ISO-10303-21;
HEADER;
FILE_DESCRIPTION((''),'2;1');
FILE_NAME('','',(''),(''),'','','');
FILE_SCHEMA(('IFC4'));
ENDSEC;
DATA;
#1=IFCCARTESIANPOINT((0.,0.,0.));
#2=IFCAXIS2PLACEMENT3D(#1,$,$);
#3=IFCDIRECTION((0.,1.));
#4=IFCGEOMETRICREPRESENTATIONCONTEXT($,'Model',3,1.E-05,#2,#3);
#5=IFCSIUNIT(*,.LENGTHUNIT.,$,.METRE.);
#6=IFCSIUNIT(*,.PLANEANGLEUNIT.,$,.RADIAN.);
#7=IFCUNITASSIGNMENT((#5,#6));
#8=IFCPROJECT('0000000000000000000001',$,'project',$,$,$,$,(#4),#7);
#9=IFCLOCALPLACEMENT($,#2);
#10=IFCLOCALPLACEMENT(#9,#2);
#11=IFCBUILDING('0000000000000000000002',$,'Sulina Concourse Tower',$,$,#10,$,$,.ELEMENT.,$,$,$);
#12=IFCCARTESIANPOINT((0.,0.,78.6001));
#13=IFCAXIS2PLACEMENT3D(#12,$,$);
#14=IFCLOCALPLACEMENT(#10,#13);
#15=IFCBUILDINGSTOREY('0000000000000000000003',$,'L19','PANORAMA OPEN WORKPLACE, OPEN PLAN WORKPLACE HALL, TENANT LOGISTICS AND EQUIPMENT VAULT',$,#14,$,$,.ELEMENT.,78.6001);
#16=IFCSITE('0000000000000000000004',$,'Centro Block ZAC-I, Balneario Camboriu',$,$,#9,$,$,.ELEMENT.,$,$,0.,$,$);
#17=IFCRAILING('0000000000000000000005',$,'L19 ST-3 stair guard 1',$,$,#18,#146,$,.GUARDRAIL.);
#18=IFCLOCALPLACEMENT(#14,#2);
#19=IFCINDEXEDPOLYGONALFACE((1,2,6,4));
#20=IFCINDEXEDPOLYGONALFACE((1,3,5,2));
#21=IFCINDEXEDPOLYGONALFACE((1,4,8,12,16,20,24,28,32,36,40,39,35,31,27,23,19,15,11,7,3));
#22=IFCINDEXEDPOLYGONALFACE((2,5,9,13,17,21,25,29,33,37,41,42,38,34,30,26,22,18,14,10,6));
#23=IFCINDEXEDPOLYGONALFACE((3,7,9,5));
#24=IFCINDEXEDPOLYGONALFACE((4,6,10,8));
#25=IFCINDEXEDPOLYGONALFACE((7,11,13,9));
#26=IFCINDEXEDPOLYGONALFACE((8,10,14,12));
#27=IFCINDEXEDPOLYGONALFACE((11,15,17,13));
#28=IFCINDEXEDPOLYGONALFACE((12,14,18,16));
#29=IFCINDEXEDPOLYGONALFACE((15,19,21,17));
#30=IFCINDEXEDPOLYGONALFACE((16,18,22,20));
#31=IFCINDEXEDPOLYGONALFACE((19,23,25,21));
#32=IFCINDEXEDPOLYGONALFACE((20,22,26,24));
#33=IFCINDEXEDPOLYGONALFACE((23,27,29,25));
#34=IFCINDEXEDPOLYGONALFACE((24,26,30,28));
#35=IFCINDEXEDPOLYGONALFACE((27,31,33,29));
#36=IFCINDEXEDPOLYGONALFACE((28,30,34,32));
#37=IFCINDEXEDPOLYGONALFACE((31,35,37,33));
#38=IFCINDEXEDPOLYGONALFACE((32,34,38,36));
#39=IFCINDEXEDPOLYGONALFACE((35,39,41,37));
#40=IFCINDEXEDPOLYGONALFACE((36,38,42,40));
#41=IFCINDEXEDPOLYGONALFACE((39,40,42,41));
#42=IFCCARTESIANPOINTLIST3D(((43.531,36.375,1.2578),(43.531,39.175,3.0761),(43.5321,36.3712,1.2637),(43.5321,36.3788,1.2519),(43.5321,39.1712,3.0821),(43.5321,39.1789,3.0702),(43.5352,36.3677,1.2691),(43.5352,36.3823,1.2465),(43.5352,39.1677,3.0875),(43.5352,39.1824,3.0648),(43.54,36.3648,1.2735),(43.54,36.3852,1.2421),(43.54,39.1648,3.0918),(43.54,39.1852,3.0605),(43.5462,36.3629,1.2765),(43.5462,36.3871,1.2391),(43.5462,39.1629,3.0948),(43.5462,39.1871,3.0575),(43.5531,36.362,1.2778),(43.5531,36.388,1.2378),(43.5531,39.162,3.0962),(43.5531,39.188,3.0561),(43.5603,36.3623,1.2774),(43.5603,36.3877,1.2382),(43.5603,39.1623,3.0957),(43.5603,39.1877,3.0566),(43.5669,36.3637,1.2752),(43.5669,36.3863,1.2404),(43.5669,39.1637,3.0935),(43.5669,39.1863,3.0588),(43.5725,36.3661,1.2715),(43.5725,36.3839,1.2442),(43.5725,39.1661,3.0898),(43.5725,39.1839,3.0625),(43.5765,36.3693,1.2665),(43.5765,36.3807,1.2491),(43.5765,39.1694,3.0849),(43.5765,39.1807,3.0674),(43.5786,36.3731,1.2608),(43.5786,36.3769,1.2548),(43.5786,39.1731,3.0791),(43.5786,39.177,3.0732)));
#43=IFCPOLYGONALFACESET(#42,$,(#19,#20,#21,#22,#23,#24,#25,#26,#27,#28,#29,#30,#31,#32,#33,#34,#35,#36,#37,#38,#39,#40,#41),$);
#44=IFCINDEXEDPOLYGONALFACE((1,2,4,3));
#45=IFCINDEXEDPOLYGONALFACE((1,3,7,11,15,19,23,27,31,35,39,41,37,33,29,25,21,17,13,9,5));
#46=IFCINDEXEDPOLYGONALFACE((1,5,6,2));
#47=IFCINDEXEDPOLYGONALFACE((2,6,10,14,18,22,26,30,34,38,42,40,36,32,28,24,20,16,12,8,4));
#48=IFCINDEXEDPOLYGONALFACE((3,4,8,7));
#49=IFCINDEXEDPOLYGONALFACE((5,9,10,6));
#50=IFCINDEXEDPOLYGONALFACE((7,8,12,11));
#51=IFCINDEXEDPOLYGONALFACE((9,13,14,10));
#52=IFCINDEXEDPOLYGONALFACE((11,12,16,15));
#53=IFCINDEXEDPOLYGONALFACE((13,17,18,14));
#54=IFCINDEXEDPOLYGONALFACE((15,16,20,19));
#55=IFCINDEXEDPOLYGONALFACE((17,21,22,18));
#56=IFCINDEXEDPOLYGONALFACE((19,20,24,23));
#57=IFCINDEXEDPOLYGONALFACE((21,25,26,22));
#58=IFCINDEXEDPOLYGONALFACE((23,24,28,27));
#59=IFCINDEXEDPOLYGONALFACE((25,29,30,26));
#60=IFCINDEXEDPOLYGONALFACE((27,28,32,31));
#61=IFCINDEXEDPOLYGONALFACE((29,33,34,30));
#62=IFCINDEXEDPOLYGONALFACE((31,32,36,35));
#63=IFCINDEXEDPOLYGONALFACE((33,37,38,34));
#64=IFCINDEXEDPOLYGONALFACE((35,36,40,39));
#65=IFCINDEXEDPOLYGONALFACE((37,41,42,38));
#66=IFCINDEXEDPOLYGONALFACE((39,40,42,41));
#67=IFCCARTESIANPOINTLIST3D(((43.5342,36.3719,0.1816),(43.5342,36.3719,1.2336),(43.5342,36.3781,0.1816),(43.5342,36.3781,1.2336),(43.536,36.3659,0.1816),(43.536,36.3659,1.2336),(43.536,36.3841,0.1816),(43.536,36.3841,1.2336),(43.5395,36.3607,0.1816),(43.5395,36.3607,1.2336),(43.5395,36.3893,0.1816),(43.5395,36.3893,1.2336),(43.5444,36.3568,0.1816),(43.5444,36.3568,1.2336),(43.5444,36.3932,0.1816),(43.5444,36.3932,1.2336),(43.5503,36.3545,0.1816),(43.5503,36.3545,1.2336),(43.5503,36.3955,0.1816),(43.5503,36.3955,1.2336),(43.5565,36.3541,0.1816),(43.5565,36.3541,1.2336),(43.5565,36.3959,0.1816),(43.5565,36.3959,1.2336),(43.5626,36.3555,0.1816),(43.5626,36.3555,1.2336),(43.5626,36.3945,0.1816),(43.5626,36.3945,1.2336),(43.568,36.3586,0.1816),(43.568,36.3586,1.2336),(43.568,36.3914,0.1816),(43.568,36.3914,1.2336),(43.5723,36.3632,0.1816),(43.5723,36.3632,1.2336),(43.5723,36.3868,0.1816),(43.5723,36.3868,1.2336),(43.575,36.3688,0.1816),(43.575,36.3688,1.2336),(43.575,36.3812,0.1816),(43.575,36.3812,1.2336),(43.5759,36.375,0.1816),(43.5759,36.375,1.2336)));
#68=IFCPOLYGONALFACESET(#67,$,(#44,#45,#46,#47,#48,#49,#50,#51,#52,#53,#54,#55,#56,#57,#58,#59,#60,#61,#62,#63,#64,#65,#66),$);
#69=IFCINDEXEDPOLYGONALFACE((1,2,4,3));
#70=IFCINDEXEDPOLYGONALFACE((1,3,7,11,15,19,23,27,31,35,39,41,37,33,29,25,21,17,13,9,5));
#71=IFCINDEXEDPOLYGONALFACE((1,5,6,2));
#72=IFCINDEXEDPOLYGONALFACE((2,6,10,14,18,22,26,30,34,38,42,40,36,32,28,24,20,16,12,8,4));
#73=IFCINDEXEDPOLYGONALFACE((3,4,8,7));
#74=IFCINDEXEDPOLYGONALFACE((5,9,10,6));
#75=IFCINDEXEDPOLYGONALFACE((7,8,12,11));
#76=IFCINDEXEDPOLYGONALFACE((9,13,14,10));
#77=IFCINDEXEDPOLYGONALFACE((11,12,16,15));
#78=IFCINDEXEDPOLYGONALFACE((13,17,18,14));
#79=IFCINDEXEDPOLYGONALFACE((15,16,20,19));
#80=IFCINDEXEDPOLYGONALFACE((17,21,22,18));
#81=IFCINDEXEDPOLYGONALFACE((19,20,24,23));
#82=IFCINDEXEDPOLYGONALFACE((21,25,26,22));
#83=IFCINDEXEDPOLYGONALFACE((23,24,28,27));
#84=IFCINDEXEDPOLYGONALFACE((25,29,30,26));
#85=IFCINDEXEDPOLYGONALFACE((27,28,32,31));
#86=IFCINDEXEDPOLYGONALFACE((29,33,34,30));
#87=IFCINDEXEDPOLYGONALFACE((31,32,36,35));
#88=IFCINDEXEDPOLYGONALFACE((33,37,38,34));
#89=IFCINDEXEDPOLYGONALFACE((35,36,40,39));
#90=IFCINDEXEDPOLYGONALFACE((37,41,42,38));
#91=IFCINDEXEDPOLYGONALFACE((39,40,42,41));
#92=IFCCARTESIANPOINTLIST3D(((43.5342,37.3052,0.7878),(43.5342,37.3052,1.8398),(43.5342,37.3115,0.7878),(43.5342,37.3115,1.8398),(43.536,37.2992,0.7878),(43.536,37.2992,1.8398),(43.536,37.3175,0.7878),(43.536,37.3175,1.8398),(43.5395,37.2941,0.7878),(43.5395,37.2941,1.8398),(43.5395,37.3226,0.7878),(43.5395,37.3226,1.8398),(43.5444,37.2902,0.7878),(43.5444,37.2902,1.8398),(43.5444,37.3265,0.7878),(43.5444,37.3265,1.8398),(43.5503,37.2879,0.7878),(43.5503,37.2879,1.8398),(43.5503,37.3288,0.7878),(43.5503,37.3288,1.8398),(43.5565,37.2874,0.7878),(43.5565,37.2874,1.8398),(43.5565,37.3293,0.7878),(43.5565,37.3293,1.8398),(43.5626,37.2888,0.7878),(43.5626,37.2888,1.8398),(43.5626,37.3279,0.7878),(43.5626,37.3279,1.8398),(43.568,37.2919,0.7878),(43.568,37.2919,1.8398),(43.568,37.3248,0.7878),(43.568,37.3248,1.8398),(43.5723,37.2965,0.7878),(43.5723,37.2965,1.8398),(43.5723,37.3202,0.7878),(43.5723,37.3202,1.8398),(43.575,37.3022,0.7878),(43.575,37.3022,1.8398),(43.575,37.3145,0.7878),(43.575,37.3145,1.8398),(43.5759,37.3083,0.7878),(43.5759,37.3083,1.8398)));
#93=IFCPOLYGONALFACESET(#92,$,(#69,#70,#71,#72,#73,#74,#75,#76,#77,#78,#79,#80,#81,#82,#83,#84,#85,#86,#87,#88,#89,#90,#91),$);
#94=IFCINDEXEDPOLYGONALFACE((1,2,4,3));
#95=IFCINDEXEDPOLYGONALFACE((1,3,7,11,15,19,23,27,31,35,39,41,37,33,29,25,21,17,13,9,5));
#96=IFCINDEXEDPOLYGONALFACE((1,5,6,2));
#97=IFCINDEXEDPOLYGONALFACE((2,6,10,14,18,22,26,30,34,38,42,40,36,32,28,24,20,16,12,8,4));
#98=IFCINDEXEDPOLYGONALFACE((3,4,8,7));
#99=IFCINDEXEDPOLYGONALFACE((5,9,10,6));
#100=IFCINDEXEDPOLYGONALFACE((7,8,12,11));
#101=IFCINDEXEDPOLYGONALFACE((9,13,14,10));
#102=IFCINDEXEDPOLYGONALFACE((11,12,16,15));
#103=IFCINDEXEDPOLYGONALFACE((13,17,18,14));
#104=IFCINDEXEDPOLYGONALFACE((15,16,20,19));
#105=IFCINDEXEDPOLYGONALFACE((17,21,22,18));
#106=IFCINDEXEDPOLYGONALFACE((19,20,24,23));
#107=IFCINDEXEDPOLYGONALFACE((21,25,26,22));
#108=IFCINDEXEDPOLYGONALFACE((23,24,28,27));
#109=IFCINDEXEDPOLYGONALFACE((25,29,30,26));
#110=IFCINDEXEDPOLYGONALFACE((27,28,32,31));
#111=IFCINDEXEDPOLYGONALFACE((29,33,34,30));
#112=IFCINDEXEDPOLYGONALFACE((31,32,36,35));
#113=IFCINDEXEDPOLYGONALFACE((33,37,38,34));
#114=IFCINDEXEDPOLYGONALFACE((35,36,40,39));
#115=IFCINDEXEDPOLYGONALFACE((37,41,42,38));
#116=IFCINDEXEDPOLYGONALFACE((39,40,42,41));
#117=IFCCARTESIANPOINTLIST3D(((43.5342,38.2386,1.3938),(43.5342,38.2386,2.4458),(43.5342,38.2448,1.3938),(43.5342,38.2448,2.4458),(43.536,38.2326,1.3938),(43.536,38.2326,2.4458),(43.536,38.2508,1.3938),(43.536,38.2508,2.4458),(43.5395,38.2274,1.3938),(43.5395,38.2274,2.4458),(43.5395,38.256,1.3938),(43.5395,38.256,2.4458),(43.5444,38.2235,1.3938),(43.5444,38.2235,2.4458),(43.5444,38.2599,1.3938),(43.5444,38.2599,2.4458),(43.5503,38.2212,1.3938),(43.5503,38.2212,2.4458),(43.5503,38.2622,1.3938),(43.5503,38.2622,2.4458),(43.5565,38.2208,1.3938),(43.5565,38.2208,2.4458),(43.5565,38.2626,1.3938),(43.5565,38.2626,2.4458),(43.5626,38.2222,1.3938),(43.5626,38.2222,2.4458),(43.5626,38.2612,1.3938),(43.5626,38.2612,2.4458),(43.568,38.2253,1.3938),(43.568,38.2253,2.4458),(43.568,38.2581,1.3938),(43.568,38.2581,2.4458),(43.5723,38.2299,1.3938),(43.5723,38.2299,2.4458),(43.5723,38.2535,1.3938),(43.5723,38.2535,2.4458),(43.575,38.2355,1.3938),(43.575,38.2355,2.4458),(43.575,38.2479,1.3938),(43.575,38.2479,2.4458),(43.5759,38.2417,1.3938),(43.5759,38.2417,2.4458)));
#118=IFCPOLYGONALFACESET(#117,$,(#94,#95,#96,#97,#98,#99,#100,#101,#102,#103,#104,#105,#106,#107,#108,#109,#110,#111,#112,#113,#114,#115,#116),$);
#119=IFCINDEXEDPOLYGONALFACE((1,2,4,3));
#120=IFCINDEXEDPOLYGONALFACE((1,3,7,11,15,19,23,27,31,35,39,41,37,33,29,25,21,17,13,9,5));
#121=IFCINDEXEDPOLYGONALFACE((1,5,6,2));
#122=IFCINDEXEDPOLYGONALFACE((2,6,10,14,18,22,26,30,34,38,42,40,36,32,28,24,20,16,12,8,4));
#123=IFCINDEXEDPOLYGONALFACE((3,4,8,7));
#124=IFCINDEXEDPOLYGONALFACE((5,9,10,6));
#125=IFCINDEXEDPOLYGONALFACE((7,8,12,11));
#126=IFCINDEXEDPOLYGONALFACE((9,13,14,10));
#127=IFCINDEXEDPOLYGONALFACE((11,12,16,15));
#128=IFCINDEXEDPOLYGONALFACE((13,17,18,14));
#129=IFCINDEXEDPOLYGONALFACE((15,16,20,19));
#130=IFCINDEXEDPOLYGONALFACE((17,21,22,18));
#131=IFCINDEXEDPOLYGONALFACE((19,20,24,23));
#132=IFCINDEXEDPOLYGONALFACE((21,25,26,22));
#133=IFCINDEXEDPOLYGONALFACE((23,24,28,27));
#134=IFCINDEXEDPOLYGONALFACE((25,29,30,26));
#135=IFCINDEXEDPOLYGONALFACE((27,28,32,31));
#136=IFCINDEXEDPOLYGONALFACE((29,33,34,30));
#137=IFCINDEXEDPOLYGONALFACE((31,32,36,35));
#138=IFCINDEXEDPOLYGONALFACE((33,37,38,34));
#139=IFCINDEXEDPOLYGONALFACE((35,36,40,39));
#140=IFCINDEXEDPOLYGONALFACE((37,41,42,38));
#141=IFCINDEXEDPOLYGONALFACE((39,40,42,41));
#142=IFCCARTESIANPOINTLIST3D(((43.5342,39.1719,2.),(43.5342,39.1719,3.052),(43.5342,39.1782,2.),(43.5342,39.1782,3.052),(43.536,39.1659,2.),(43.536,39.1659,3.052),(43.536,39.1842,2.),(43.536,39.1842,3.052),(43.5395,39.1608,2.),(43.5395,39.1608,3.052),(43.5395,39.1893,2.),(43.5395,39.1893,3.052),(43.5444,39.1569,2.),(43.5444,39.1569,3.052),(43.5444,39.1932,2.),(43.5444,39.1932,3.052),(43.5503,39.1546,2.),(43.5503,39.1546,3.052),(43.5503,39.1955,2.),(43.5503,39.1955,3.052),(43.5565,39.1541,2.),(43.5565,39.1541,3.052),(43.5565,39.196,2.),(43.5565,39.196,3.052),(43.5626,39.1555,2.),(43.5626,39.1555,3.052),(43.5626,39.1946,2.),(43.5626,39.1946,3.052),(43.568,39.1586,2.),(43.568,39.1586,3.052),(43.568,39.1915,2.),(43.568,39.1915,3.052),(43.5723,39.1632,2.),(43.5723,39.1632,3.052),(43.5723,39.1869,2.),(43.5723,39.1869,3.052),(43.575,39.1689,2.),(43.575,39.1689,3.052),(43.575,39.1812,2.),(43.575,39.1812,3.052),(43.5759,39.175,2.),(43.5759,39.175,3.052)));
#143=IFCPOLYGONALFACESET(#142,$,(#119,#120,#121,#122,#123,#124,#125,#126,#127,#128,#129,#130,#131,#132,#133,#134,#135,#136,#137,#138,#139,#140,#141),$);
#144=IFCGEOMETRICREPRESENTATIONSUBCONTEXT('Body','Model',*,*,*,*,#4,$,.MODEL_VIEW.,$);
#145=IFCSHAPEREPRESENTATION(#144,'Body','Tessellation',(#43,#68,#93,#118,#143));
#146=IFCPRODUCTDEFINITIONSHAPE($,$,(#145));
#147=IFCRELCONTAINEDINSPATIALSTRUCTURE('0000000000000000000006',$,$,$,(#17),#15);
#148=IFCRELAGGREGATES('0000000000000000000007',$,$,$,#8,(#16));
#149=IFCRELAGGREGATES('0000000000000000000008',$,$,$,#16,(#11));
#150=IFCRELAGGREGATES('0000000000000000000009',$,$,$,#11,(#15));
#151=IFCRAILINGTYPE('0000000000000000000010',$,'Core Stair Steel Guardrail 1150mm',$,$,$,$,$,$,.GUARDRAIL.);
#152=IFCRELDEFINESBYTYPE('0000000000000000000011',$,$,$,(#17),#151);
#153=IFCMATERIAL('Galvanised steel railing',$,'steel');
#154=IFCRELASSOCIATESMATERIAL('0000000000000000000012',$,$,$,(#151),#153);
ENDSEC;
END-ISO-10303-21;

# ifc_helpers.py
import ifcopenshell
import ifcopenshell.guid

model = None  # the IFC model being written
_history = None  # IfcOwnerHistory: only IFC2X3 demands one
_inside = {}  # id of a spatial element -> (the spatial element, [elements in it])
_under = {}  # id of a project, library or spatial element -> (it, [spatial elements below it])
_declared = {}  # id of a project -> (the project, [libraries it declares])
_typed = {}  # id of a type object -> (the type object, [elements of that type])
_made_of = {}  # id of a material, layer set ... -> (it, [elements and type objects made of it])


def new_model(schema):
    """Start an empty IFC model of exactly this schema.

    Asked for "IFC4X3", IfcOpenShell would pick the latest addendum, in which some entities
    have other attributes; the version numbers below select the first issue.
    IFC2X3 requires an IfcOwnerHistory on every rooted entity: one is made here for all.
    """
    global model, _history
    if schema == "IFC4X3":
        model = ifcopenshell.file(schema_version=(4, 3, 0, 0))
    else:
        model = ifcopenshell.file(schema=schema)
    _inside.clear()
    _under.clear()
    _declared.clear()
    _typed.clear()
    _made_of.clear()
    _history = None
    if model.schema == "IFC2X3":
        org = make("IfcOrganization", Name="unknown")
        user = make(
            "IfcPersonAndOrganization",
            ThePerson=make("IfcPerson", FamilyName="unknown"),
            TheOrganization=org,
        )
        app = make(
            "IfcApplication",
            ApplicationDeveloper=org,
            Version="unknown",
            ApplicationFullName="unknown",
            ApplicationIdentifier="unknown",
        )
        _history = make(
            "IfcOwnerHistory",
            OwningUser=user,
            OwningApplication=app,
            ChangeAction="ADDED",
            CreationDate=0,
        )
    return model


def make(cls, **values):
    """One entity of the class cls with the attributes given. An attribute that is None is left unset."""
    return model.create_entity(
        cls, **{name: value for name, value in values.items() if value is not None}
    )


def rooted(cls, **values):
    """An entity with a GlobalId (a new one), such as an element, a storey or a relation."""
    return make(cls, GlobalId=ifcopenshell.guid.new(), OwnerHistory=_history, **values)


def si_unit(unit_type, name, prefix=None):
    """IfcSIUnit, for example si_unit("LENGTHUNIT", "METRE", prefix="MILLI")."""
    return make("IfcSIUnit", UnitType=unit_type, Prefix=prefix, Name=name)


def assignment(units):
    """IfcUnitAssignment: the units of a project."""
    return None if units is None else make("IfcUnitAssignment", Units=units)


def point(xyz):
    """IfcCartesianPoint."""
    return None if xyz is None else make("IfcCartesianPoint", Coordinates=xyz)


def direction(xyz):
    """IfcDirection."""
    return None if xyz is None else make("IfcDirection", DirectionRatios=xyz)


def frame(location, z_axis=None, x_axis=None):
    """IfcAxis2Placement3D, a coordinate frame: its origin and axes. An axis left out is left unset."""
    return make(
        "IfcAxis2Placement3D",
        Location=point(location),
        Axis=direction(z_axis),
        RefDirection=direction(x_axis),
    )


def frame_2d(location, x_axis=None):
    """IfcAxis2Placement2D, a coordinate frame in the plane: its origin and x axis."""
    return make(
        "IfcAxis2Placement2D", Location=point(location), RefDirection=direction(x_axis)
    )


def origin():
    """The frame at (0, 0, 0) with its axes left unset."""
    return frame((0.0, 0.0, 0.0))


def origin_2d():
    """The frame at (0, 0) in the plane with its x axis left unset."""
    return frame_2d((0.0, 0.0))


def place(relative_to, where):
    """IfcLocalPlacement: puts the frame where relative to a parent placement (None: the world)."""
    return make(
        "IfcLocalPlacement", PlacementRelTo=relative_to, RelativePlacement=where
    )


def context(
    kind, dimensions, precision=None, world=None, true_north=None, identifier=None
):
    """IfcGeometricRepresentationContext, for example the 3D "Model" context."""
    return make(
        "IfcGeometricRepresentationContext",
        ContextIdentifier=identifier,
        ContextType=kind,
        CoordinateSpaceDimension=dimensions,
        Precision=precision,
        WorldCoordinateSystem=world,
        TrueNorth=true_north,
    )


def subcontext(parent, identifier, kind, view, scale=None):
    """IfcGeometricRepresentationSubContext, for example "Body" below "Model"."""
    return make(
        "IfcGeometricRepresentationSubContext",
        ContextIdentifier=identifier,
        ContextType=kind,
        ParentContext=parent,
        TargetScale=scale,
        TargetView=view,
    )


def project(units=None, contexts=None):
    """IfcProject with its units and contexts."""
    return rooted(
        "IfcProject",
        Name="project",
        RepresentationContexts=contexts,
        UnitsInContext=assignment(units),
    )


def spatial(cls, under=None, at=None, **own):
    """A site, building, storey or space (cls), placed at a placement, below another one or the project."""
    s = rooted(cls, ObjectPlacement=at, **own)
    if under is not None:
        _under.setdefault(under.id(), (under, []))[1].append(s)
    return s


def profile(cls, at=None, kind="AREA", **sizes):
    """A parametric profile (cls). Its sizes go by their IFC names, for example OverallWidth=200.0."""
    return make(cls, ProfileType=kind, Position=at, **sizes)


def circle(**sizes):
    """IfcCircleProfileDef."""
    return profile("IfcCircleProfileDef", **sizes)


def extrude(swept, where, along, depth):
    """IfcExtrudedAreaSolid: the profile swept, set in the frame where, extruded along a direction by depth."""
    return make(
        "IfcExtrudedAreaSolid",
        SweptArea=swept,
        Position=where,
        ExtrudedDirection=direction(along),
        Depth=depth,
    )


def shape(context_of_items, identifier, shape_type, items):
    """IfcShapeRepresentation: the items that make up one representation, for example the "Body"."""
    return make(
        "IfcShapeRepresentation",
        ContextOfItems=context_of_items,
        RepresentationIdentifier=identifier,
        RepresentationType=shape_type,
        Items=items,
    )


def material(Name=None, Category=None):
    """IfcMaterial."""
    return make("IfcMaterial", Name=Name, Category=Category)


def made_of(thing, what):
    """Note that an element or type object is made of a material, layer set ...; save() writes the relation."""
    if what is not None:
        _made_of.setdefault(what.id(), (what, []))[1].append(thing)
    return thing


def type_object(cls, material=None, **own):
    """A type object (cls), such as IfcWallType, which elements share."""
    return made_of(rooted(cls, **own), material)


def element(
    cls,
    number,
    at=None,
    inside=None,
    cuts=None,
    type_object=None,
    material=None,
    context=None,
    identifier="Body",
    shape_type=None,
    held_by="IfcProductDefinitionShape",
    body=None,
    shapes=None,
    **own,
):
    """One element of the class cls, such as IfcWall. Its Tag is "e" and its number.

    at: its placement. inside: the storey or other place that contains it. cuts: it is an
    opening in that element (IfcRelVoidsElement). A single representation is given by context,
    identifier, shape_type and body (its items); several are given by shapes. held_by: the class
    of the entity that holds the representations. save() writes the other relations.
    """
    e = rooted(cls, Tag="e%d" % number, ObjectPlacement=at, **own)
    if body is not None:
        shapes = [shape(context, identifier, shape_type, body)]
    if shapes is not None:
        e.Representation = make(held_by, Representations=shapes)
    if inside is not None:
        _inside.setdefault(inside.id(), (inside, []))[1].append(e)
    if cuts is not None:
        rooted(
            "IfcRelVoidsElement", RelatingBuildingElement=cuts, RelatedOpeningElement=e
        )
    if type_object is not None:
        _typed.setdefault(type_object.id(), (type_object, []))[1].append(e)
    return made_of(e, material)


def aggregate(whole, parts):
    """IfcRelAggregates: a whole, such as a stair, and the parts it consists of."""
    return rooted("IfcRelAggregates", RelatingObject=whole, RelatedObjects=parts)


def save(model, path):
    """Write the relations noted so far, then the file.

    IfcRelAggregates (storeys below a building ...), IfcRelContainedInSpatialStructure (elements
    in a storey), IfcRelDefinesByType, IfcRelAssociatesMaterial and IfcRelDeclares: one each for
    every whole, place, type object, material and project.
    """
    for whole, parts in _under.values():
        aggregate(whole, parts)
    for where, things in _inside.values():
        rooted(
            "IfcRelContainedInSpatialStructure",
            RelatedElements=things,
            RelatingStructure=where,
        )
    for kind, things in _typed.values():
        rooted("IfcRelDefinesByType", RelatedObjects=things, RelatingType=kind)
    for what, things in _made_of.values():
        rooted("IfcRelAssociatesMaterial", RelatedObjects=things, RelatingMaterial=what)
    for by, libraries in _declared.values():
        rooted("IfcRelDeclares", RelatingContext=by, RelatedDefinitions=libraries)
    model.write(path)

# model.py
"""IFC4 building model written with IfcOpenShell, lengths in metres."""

from ifc_helpers import new_model, si_unit, direction, frame, origin, origin_2d, place, context, subcontext, project, spatial, circle, extrude, material, type_object, element, save


model = new_model("IFC4")

# Units and contexts
model_context = context("Model", 3, precision=1e-05, world=origin(), true_north=direction((0.0, 1.0)))
body_context = subcontext(model_context, "Body", "Model", "MODEL_VIEW")
ifc_project = project(units=[si_unit("LENGTHUNIT", "METRE"), si_unit("PLANEANGLEUNIT", "RADIAN")], contexts=[model_context])

# Site, building, storey
site_placement = place(None, origin())
site = spatial("IfcSite", under=ifc_project, at=site_placement, Name="Centro Block ZAC-I, Balneario Camboriu", CompositionType="ELEMENT", RefElevation=0.0)
building_placement = place(site_placement, origin())
building = spatial("IfcBuilding", under=site, at=building_placement, Name="Sulina Concourse Tower", CompositionType="ELEMENT")
storey_placement = place(building_placement, frame((0.0, 0.0, 78.6001)))
storey = spatial("IfcBuildingStorey", under=building, at=storey_placement, Name="L19", Description="PANORAMA OPEN WORKPLACE, OPEN PLAN WORKPLACE HALL, TENANT LOGISTICS AND EQUIPMENT VAULT", CompositionType="ELEMENT", Elevation=78.6001)

# Railing
ifc_material_1 = material(Name="Galvanised steel railing", Category="steel")
railing_type_1 = type_object("IfcRailingType", Name="Core Stair Steel Guardrail 1150mm", PredefinedType="GUARDRAIL", material=ifc_material_1)
railing_1_placement = place(storey_placement, frame((43.5549, 36.375, 0.1816)))
element("IfcRailing", 1, at=railing_1_placement, inside=storey, type_object=railing_type_1, Name="L19 ST-3 stair guard 1", PredefinedType="GUARDRAIL", context=body_context, shape_type="SweptSolid", body=[
    extrude(circle(Radius=0.0239, at=origin_2d()), frame((0.0, 0.0, 1.0762), z_axis=(0.0, 0.838672, 0.544636), x_axis=(-1.0, 0.0, 0.0)), (0.0, 0.0, 1.0), 3.3386),
    extrude(circle(Radius=0.021, at=origin_2d()), origin(), (0.0, 0.0, 1.0), 1.052),
    extrude(circle(Radius=0.021, at=origin_2d()), frame((0.0, 0.9333, 0.6062)), (0.0, 0.0, 1.0), 1.052),
    extrude(circle(Radius=0.021, at=origin_2d()), frame((0.0, 1.8667, 1.2122)), (0.0, 0.0, 1.0), 1.052),
    extrude(circle(Radius=0.021, at=origin_2d()), frame((0.0, 2.8, 1.8184)), (0.0, 0.0, 1.0), 1.052),
])

save(model, "model.ifc")
